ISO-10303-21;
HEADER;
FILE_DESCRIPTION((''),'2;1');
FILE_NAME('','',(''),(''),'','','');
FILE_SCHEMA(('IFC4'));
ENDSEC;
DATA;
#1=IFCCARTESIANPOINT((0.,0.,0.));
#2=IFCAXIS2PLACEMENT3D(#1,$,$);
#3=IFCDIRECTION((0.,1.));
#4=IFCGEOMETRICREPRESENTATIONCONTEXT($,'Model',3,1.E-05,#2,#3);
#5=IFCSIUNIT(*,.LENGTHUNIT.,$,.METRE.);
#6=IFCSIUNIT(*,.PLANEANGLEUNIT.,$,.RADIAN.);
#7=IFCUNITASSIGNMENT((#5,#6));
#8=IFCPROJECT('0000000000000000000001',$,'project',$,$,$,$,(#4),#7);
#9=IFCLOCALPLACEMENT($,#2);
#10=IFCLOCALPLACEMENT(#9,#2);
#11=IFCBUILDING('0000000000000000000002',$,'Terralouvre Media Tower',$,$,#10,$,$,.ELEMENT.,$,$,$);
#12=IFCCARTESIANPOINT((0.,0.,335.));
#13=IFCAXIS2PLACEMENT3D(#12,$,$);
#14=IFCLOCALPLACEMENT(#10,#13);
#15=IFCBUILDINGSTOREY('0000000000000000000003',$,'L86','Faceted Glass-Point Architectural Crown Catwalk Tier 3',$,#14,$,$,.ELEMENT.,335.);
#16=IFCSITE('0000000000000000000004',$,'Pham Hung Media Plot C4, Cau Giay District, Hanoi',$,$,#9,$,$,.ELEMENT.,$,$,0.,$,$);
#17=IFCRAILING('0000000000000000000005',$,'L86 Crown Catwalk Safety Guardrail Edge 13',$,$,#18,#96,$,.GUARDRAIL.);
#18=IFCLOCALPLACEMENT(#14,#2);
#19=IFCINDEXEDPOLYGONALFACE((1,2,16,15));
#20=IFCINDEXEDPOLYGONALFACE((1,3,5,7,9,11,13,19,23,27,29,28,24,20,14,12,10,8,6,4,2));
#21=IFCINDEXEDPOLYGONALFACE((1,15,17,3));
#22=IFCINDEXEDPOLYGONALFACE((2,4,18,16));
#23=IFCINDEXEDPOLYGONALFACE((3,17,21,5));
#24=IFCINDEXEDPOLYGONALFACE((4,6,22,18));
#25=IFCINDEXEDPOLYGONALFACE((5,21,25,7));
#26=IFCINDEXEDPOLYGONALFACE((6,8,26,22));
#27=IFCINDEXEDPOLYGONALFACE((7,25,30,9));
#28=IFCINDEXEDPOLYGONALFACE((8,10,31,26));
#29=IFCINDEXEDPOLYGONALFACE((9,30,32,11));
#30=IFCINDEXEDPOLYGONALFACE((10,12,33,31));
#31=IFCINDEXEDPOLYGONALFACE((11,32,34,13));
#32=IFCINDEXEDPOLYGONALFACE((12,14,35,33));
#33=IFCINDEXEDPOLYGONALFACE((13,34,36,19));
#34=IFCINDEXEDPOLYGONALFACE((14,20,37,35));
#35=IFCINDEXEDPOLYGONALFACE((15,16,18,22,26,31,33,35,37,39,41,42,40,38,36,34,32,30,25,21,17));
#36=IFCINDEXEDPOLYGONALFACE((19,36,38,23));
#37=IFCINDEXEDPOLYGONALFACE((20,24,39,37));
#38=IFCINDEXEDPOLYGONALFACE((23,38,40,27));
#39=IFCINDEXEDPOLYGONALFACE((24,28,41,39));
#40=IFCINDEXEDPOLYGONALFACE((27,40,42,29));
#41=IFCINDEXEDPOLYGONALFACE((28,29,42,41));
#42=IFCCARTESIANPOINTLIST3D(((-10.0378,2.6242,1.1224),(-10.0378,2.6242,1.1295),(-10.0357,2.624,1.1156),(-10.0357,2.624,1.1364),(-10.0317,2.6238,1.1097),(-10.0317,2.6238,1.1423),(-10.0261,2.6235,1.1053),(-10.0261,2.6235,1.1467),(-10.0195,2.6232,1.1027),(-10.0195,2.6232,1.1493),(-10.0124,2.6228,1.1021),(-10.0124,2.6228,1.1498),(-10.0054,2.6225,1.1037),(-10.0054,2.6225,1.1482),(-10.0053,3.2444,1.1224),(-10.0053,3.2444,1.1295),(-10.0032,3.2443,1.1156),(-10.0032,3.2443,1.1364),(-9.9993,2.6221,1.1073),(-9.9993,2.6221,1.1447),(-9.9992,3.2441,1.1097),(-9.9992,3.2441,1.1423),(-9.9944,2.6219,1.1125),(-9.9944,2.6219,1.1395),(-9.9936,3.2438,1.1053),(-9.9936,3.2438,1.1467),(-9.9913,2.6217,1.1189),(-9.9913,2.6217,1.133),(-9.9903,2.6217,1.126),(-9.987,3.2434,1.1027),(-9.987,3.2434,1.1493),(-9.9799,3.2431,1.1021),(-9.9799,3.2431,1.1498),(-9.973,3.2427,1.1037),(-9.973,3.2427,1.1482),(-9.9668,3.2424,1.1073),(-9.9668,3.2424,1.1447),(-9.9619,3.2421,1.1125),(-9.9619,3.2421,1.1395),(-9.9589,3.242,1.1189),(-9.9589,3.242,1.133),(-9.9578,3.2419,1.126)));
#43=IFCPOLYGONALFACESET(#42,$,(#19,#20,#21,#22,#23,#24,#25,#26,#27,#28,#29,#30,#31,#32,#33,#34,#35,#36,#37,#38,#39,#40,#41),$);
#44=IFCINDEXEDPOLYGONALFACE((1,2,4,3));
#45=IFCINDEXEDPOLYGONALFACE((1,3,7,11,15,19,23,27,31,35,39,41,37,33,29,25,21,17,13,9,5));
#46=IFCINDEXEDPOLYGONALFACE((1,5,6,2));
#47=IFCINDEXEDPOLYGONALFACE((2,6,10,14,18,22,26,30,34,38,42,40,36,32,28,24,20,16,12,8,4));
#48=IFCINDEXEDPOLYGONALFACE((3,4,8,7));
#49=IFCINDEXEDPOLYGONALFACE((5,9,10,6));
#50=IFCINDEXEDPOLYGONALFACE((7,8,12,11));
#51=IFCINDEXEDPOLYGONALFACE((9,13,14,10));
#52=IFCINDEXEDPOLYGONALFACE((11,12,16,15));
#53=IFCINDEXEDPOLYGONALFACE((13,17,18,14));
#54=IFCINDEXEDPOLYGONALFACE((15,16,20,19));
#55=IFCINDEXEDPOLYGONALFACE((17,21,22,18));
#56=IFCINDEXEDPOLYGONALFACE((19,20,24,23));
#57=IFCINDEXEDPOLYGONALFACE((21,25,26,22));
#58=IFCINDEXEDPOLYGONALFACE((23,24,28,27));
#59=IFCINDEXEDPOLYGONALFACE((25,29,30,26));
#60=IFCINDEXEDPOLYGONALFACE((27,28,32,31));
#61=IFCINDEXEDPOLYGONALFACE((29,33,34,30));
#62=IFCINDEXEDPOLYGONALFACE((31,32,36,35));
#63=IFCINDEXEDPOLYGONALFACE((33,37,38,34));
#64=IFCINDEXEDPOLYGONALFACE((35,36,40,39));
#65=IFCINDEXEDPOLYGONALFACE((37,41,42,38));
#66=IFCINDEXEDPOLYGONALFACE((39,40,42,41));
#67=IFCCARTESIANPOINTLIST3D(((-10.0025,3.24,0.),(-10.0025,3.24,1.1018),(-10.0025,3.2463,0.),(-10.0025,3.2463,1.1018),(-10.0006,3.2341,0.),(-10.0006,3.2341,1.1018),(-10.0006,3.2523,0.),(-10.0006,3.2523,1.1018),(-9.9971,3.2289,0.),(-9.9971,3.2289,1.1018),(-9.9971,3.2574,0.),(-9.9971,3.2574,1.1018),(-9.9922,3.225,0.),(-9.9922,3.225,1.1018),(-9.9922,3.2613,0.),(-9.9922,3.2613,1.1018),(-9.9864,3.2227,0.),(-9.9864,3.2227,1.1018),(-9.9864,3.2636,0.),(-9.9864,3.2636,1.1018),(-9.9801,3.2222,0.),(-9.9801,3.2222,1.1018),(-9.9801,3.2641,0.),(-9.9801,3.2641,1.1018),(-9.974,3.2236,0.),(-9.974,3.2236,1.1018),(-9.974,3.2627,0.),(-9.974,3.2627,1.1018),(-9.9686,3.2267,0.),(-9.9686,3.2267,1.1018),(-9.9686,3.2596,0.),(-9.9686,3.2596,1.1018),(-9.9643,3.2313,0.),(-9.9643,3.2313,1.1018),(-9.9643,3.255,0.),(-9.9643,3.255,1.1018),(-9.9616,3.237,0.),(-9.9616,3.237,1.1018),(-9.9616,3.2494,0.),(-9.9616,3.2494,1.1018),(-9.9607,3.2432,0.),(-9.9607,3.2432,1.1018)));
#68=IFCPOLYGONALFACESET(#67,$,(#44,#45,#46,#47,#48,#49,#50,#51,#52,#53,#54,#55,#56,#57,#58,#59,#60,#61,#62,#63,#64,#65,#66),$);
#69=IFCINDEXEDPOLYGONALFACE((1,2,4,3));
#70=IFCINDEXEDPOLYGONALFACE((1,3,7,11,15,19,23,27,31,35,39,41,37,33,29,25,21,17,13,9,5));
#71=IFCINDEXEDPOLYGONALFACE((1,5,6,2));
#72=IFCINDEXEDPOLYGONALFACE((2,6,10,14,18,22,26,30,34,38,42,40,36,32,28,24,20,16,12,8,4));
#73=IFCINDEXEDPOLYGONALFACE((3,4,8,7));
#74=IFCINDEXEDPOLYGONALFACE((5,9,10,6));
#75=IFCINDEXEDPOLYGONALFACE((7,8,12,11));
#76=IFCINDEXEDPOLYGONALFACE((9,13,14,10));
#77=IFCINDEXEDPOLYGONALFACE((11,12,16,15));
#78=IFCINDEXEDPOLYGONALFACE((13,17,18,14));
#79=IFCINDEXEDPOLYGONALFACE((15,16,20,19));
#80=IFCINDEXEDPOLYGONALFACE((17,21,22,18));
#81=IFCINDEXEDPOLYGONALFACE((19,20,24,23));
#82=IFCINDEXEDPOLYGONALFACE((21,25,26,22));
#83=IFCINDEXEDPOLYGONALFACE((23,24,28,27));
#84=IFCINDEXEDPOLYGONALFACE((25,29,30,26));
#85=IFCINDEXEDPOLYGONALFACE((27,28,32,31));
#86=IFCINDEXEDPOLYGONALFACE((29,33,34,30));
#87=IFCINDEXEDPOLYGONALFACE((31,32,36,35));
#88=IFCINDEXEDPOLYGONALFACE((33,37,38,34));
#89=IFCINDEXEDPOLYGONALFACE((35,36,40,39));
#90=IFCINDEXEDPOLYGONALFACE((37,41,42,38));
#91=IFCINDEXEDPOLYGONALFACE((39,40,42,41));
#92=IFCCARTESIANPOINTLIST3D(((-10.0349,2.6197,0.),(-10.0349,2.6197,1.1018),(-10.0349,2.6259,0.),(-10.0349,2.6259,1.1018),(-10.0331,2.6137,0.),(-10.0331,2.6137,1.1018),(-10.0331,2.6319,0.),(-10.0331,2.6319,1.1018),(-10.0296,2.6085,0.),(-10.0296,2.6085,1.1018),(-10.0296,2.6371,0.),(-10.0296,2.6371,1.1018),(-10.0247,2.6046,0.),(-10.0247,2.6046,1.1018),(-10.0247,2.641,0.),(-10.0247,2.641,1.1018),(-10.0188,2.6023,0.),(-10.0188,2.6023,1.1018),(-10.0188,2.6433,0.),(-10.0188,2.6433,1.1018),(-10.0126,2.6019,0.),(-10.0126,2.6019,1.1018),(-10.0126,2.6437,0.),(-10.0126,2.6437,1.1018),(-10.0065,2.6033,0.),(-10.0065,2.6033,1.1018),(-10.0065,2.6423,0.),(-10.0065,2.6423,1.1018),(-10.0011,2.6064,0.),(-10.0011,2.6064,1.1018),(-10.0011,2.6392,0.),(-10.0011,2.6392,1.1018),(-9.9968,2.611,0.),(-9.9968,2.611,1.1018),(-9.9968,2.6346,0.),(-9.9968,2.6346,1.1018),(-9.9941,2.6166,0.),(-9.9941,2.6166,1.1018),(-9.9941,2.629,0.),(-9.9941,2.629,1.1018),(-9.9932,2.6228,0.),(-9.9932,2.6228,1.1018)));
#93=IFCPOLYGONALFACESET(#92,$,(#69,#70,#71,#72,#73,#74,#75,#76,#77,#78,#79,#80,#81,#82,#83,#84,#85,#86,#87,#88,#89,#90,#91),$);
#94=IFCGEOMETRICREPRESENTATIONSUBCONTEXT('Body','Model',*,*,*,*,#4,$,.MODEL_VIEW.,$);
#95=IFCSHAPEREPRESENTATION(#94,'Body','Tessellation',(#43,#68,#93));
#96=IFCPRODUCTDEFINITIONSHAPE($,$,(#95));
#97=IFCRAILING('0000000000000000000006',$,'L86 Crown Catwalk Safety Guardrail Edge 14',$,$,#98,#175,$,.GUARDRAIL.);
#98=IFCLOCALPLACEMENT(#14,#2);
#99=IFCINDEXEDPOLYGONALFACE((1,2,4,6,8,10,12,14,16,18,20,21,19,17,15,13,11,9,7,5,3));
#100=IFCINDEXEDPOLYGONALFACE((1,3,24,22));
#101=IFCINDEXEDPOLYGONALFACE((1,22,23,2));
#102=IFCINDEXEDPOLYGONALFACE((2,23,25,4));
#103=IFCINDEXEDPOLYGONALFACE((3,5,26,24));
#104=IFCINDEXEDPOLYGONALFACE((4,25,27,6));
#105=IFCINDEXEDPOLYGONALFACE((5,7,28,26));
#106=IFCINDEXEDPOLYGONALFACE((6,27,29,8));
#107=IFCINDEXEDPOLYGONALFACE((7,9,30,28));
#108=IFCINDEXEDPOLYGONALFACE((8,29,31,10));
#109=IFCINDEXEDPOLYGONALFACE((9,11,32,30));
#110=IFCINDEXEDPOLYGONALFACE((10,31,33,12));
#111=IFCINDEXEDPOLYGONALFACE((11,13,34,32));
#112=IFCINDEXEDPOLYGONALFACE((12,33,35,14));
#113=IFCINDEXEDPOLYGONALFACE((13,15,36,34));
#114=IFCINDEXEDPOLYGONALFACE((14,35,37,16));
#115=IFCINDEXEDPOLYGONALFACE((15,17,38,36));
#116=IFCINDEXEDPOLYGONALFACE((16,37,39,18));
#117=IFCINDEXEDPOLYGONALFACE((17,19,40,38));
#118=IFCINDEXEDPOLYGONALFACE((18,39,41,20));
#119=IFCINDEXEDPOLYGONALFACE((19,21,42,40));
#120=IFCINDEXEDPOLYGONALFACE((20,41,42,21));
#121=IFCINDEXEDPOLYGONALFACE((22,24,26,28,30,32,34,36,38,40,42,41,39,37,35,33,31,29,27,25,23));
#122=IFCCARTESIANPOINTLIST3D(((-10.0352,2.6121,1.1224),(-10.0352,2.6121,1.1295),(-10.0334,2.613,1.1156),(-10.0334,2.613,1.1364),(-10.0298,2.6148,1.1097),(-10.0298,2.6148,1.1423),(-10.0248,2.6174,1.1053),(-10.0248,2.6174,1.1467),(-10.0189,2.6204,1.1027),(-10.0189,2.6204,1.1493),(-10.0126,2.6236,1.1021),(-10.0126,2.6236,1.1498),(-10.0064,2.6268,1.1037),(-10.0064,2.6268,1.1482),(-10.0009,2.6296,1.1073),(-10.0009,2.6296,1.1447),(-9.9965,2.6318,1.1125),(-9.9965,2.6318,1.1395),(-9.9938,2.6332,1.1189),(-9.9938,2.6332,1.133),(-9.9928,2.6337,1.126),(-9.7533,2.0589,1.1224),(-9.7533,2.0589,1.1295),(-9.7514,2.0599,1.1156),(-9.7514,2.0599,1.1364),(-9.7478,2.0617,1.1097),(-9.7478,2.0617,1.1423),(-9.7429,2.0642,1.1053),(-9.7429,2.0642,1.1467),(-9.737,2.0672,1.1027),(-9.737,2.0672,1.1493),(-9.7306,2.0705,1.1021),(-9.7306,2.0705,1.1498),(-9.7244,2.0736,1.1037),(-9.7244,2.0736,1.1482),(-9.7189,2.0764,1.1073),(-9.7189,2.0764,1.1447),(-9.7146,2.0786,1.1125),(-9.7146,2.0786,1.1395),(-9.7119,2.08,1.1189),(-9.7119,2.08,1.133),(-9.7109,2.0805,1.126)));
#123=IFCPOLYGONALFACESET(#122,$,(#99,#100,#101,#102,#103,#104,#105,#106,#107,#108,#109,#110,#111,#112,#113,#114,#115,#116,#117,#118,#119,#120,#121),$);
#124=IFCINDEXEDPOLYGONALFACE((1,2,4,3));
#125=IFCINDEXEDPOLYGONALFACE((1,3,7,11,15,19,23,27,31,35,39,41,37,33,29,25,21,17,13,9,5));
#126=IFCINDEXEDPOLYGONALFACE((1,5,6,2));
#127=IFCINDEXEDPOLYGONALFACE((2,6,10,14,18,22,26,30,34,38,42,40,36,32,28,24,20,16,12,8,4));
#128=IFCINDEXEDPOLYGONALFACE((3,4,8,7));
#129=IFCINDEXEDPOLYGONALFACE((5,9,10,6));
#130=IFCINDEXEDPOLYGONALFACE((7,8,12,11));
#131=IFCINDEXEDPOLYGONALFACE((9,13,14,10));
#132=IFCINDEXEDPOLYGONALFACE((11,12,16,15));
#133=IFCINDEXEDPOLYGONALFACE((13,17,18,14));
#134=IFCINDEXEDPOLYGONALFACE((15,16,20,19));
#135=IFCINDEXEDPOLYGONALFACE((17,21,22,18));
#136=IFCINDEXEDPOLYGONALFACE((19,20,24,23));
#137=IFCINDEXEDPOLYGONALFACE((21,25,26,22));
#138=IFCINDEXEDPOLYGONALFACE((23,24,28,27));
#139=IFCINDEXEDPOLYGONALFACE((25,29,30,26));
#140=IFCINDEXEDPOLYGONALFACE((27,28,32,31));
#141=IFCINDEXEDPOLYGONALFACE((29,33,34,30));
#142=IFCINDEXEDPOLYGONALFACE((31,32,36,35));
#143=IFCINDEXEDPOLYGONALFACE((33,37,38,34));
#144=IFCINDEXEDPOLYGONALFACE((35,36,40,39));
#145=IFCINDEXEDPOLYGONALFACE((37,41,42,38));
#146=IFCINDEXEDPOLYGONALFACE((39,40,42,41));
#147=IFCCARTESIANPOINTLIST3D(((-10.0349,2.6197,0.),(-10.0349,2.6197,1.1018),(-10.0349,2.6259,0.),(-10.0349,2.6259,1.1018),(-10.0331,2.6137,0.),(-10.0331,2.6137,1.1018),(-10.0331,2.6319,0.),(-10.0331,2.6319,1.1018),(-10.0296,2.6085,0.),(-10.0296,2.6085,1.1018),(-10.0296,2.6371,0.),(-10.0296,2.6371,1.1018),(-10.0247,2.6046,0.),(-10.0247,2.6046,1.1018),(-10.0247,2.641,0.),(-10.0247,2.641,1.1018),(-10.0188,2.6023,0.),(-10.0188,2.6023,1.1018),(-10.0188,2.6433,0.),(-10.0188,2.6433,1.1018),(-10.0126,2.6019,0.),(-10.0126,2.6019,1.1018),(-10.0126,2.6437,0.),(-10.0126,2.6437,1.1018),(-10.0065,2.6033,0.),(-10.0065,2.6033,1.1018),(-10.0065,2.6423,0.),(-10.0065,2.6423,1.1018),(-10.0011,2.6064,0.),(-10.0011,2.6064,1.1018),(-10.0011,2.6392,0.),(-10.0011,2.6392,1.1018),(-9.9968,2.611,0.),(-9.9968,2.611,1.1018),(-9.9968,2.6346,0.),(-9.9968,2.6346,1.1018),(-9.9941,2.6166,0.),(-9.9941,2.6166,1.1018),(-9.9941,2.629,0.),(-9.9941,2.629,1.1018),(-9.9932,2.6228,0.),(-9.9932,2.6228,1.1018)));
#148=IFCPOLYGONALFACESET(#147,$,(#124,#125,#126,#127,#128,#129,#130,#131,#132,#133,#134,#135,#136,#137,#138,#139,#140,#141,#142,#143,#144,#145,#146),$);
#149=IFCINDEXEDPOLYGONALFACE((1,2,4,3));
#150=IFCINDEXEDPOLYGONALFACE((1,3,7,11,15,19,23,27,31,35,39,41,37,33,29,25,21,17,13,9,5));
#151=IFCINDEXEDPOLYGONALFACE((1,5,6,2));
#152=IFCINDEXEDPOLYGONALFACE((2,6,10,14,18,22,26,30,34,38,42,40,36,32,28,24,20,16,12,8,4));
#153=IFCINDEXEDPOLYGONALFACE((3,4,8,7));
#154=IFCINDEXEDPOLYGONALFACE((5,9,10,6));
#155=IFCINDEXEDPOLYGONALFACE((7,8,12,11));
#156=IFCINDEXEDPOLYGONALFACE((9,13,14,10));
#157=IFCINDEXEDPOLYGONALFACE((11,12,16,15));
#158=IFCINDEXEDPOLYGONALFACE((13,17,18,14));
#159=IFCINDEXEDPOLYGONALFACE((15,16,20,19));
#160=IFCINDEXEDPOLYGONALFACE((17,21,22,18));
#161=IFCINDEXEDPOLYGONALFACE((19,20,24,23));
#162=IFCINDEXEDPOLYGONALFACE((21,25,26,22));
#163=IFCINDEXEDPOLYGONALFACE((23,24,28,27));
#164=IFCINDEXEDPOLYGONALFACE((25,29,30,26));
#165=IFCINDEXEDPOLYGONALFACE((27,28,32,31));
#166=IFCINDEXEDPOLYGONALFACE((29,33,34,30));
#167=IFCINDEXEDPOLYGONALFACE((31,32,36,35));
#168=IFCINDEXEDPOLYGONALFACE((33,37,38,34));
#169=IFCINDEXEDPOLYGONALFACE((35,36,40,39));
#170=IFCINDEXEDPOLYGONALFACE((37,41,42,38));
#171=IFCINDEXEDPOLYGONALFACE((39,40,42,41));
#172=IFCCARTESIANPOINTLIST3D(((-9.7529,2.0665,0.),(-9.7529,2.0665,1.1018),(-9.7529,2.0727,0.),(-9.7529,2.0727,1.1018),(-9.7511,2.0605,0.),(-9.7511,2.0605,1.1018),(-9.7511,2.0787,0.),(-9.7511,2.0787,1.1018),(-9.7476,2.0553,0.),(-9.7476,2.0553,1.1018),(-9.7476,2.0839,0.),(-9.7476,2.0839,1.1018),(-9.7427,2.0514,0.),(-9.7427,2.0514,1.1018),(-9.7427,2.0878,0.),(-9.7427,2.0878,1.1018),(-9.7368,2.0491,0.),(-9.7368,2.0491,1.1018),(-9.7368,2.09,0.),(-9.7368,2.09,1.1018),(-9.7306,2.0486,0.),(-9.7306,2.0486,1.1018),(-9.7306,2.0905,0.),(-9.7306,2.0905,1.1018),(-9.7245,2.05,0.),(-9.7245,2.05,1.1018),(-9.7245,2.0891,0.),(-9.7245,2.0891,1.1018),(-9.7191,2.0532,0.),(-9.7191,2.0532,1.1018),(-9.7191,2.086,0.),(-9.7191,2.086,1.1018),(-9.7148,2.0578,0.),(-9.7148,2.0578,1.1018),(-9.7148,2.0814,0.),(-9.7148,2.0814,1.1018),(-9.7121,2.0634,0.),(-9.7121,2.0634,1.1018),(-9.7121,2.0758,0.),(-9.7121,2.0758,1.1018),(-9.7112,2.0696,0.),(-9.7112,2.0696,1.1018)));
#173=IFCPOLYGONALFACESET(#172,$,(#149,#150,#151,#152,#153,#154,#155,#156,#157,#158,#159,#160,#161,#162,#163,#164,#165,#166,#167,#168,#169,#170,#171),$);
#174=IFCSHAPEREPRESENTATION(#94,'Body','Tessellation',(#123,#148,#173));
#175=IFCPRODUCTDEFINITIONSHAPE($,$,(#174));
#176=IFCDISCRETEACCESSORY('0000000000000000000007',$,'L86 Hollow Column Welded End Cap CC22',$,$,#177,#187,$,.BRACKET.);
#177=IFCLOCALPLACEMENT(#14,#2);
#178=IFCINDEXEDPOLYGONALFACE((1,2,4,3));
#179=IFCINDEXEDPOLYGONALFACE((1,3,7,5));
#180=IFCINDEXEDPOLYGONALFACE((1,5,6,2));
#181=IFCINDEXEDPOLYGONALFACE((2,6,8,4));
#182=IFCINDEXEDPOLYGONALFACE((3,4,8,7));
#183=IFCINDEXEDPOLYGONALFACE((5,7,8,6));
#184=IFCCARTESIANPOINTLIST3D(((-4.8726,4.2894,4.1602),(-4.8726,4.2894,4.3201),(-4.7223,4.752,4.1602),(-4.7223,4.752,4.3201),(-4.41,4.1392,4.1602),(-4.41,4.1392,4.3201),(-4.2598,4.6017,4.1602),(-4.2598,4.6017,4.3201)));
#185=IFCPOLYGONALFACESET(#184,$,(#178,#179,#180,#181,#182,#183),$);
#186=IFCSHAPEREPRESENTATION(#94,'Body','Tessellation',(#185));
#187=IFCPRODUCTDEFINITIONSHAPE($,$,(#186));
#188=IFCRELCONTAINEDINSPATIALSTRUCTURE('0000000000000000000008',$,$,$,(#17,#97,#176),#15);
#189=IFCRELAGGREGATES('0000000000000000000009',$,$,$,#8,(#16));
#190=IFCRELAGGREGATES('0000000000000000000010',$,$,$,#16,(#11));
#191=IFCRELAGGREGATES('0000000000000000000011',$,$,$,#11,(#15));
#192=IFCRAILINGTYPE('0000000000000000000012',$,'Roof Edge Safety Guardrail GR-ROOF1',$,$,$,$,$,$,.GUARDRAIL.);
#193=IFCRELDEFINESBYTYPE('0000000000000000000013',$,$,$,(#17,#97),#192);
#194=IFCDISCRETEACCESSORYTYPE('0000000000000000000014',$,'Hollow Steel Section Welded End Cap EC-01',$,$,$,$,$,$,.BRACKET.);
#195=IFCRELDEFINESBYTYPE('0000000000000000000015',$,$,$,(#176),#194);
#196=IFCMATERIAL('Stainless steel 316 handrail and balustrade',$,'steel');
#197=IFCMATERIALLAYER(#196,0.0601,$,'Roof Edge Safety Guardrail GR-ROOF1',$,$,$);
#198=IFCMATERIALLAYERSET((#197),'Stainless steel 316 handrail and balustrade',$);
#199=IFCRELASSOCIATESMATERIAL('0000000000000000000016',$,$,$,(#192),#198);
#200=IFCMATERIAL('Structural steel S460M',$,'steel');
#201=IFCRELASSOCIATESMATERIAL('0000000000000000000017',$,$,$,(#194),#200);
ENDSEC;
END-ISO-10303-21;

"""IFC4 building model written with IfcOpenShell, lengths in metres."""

from ifc_helpers import new_model, si_unit, direction, frame, origin, origin_2d, place, context, subcontext, project, spatial, rectangle, circle, extrude, material, layer, layer_set, type_object, element, save


model = new_model("IFC4")

# Units and contexts
model_context = context("Model", 3, precision=1e-05, world=origin(), true_north=direction((0.0, 1.0)))
body_context = subcontext(model_context, "Body", "Model", "MODEL_VIEW")
ifc_project = project(units=[si_unit("LENGTHUNIT", "METRE"), si_unit("PLANEANGLEUNIT", "RADIAN")], contexts=[model_context])

# Site, building, storey
site_placement = place(None, origin())
site = spatial("IfcSite", under=ifc_project, at=site_placement, Name="Pham Hung Media Plot C4, Cau Giay District, Hanoi", CompositionType="ELEMENT", RefElevation=0.0)
building_placement = place(site_placement, origin())
building = spatial("IfcBuilding", under=site, at=building_placement, Name="Terralouvre Media Tower", CompositionType="ELEMENT")
storey_placement = place(building_placement, frame((0.0, 0.0, 335.0)))
storey = spatial("IfcBuildingStorey", under=building, at=storey_placement, Name="L86", Description="Faceted Glass-Point Architectural Crown Catwalk Tier 3", CompositionType="ELEMENT", Elevation=335.0)

# Railings
ifc_material_1 = material(Name="Stainless steel 316 handrail and balustrade", Category="steel")
ifc_layer_1 = layer(ifc_material_1, 0.0601, Name="Roof Edge Safety Guardrail GR-ROOF1")
ifc_layer_set_1 = layer_set([ifc_layer_1], Name="Stainless steel 316 handrail and balustrade")
railing_type = type_object("IfcRailingType", Name="Roof Edge Safety Guardrail GR-ROOF1", PredefinedType="GUARDRAIL", material=ifc_layer_set_1)
railing_1_placement = place(storey_placement, frame((-9.9817, 3.2432, 0.0)))
element("IfcRailing", 1, at=railing_1_placement, inside=storey, type_object=railing_type, Name="L86 Crown Catwalk Safety Guardrail Edge 13", PredefinedType="GUARDRAIL", context=body_context, shape_type="SweptSolid", body=[
    extrude(circle(Radius=0.0239, at=origin_2d()), frame((0.0, 0.0, 1.126), z_axis=(-0.05227, -0.998633, 0.0), x_axis=(0.998633, -0.05227, 0.0)), (0.0, 0.0, 1.0), 0.6211),
    extrude(circle(Radius=0.021, at=origin_2d()), origin(), (0.0, 0.0, 1.0), 1.1018),
    extrude(circle(Radius=0.021, at=origin_2d()), frame((-0.0325, -0.6204, 0.0)), (0.0, 0.0, 1.0), 1.1018),
])
railing_2_placement = place(storey_placement, frame((-10.0142, 2.6228, 0.0)))
element("IfcRailing", 2, at=railing_2_placement, inside=storey, type_object=railing_type, Name="L86 Crown Catwalk Safety Guardrail Edge 14", PredefinedType="GUARDRAIL", context=body_context, shape_type="SweptSolid", body=[
    extrude(circle(Radius=0.0239, at=origin_2d()), frame((0.0, 0.0, 1.126), z_axis=(0.45412, -0.89094, 0.0), x_axis=(0.89094, 0.45412, 0.0)), (0.0, 0.0, 1.0), 0.6208),
    extrude(circle(Radius=0.021, at=origin_2d()), origin(), (0.0, 0.0, 1.0), 1.1018),
    extrude(circle(Radius=0.021, at=origin_2d()), frame((0.282, -0.5532, 0.0)), (0.0, 0.0, 1.0), 1.1018),
])

# Discrete accessory
ifc_material_2 = material(Name="Structural steel S460M", Category="steel")
discrete_accessory_type = type_object("IfcDiscreteAccessoryType", Name="Hollow Steel Section Welded End Cap EC-01", PredefinedType="BRACKET", material=ifc_material_2)
discrete_accessory_placement = place(storey_placement, frame((-4.5662, 4.4456, 4.1602), z_axis=(0.0, 0.0, 1.0), x_axis=(0.309017, 0.951057, 0.0)))
element("IfcDiscreteAccessory", 3, at=discrete_accessory_placement, inside=storey, type_object=discrete_accessory_type, Name="L86 Hollow Column Welded End Cap CC22", PredefinedType="BRACKET", context=body_context, shape_type="SweptSolid", body=[
    extrude(rectangle(XDim=0.4863, YDim=0.4863, at=origin_2d()), origin(), (0.0, 0.0, 1.0), 0.1599),
])

save(model, "model.ifc")
